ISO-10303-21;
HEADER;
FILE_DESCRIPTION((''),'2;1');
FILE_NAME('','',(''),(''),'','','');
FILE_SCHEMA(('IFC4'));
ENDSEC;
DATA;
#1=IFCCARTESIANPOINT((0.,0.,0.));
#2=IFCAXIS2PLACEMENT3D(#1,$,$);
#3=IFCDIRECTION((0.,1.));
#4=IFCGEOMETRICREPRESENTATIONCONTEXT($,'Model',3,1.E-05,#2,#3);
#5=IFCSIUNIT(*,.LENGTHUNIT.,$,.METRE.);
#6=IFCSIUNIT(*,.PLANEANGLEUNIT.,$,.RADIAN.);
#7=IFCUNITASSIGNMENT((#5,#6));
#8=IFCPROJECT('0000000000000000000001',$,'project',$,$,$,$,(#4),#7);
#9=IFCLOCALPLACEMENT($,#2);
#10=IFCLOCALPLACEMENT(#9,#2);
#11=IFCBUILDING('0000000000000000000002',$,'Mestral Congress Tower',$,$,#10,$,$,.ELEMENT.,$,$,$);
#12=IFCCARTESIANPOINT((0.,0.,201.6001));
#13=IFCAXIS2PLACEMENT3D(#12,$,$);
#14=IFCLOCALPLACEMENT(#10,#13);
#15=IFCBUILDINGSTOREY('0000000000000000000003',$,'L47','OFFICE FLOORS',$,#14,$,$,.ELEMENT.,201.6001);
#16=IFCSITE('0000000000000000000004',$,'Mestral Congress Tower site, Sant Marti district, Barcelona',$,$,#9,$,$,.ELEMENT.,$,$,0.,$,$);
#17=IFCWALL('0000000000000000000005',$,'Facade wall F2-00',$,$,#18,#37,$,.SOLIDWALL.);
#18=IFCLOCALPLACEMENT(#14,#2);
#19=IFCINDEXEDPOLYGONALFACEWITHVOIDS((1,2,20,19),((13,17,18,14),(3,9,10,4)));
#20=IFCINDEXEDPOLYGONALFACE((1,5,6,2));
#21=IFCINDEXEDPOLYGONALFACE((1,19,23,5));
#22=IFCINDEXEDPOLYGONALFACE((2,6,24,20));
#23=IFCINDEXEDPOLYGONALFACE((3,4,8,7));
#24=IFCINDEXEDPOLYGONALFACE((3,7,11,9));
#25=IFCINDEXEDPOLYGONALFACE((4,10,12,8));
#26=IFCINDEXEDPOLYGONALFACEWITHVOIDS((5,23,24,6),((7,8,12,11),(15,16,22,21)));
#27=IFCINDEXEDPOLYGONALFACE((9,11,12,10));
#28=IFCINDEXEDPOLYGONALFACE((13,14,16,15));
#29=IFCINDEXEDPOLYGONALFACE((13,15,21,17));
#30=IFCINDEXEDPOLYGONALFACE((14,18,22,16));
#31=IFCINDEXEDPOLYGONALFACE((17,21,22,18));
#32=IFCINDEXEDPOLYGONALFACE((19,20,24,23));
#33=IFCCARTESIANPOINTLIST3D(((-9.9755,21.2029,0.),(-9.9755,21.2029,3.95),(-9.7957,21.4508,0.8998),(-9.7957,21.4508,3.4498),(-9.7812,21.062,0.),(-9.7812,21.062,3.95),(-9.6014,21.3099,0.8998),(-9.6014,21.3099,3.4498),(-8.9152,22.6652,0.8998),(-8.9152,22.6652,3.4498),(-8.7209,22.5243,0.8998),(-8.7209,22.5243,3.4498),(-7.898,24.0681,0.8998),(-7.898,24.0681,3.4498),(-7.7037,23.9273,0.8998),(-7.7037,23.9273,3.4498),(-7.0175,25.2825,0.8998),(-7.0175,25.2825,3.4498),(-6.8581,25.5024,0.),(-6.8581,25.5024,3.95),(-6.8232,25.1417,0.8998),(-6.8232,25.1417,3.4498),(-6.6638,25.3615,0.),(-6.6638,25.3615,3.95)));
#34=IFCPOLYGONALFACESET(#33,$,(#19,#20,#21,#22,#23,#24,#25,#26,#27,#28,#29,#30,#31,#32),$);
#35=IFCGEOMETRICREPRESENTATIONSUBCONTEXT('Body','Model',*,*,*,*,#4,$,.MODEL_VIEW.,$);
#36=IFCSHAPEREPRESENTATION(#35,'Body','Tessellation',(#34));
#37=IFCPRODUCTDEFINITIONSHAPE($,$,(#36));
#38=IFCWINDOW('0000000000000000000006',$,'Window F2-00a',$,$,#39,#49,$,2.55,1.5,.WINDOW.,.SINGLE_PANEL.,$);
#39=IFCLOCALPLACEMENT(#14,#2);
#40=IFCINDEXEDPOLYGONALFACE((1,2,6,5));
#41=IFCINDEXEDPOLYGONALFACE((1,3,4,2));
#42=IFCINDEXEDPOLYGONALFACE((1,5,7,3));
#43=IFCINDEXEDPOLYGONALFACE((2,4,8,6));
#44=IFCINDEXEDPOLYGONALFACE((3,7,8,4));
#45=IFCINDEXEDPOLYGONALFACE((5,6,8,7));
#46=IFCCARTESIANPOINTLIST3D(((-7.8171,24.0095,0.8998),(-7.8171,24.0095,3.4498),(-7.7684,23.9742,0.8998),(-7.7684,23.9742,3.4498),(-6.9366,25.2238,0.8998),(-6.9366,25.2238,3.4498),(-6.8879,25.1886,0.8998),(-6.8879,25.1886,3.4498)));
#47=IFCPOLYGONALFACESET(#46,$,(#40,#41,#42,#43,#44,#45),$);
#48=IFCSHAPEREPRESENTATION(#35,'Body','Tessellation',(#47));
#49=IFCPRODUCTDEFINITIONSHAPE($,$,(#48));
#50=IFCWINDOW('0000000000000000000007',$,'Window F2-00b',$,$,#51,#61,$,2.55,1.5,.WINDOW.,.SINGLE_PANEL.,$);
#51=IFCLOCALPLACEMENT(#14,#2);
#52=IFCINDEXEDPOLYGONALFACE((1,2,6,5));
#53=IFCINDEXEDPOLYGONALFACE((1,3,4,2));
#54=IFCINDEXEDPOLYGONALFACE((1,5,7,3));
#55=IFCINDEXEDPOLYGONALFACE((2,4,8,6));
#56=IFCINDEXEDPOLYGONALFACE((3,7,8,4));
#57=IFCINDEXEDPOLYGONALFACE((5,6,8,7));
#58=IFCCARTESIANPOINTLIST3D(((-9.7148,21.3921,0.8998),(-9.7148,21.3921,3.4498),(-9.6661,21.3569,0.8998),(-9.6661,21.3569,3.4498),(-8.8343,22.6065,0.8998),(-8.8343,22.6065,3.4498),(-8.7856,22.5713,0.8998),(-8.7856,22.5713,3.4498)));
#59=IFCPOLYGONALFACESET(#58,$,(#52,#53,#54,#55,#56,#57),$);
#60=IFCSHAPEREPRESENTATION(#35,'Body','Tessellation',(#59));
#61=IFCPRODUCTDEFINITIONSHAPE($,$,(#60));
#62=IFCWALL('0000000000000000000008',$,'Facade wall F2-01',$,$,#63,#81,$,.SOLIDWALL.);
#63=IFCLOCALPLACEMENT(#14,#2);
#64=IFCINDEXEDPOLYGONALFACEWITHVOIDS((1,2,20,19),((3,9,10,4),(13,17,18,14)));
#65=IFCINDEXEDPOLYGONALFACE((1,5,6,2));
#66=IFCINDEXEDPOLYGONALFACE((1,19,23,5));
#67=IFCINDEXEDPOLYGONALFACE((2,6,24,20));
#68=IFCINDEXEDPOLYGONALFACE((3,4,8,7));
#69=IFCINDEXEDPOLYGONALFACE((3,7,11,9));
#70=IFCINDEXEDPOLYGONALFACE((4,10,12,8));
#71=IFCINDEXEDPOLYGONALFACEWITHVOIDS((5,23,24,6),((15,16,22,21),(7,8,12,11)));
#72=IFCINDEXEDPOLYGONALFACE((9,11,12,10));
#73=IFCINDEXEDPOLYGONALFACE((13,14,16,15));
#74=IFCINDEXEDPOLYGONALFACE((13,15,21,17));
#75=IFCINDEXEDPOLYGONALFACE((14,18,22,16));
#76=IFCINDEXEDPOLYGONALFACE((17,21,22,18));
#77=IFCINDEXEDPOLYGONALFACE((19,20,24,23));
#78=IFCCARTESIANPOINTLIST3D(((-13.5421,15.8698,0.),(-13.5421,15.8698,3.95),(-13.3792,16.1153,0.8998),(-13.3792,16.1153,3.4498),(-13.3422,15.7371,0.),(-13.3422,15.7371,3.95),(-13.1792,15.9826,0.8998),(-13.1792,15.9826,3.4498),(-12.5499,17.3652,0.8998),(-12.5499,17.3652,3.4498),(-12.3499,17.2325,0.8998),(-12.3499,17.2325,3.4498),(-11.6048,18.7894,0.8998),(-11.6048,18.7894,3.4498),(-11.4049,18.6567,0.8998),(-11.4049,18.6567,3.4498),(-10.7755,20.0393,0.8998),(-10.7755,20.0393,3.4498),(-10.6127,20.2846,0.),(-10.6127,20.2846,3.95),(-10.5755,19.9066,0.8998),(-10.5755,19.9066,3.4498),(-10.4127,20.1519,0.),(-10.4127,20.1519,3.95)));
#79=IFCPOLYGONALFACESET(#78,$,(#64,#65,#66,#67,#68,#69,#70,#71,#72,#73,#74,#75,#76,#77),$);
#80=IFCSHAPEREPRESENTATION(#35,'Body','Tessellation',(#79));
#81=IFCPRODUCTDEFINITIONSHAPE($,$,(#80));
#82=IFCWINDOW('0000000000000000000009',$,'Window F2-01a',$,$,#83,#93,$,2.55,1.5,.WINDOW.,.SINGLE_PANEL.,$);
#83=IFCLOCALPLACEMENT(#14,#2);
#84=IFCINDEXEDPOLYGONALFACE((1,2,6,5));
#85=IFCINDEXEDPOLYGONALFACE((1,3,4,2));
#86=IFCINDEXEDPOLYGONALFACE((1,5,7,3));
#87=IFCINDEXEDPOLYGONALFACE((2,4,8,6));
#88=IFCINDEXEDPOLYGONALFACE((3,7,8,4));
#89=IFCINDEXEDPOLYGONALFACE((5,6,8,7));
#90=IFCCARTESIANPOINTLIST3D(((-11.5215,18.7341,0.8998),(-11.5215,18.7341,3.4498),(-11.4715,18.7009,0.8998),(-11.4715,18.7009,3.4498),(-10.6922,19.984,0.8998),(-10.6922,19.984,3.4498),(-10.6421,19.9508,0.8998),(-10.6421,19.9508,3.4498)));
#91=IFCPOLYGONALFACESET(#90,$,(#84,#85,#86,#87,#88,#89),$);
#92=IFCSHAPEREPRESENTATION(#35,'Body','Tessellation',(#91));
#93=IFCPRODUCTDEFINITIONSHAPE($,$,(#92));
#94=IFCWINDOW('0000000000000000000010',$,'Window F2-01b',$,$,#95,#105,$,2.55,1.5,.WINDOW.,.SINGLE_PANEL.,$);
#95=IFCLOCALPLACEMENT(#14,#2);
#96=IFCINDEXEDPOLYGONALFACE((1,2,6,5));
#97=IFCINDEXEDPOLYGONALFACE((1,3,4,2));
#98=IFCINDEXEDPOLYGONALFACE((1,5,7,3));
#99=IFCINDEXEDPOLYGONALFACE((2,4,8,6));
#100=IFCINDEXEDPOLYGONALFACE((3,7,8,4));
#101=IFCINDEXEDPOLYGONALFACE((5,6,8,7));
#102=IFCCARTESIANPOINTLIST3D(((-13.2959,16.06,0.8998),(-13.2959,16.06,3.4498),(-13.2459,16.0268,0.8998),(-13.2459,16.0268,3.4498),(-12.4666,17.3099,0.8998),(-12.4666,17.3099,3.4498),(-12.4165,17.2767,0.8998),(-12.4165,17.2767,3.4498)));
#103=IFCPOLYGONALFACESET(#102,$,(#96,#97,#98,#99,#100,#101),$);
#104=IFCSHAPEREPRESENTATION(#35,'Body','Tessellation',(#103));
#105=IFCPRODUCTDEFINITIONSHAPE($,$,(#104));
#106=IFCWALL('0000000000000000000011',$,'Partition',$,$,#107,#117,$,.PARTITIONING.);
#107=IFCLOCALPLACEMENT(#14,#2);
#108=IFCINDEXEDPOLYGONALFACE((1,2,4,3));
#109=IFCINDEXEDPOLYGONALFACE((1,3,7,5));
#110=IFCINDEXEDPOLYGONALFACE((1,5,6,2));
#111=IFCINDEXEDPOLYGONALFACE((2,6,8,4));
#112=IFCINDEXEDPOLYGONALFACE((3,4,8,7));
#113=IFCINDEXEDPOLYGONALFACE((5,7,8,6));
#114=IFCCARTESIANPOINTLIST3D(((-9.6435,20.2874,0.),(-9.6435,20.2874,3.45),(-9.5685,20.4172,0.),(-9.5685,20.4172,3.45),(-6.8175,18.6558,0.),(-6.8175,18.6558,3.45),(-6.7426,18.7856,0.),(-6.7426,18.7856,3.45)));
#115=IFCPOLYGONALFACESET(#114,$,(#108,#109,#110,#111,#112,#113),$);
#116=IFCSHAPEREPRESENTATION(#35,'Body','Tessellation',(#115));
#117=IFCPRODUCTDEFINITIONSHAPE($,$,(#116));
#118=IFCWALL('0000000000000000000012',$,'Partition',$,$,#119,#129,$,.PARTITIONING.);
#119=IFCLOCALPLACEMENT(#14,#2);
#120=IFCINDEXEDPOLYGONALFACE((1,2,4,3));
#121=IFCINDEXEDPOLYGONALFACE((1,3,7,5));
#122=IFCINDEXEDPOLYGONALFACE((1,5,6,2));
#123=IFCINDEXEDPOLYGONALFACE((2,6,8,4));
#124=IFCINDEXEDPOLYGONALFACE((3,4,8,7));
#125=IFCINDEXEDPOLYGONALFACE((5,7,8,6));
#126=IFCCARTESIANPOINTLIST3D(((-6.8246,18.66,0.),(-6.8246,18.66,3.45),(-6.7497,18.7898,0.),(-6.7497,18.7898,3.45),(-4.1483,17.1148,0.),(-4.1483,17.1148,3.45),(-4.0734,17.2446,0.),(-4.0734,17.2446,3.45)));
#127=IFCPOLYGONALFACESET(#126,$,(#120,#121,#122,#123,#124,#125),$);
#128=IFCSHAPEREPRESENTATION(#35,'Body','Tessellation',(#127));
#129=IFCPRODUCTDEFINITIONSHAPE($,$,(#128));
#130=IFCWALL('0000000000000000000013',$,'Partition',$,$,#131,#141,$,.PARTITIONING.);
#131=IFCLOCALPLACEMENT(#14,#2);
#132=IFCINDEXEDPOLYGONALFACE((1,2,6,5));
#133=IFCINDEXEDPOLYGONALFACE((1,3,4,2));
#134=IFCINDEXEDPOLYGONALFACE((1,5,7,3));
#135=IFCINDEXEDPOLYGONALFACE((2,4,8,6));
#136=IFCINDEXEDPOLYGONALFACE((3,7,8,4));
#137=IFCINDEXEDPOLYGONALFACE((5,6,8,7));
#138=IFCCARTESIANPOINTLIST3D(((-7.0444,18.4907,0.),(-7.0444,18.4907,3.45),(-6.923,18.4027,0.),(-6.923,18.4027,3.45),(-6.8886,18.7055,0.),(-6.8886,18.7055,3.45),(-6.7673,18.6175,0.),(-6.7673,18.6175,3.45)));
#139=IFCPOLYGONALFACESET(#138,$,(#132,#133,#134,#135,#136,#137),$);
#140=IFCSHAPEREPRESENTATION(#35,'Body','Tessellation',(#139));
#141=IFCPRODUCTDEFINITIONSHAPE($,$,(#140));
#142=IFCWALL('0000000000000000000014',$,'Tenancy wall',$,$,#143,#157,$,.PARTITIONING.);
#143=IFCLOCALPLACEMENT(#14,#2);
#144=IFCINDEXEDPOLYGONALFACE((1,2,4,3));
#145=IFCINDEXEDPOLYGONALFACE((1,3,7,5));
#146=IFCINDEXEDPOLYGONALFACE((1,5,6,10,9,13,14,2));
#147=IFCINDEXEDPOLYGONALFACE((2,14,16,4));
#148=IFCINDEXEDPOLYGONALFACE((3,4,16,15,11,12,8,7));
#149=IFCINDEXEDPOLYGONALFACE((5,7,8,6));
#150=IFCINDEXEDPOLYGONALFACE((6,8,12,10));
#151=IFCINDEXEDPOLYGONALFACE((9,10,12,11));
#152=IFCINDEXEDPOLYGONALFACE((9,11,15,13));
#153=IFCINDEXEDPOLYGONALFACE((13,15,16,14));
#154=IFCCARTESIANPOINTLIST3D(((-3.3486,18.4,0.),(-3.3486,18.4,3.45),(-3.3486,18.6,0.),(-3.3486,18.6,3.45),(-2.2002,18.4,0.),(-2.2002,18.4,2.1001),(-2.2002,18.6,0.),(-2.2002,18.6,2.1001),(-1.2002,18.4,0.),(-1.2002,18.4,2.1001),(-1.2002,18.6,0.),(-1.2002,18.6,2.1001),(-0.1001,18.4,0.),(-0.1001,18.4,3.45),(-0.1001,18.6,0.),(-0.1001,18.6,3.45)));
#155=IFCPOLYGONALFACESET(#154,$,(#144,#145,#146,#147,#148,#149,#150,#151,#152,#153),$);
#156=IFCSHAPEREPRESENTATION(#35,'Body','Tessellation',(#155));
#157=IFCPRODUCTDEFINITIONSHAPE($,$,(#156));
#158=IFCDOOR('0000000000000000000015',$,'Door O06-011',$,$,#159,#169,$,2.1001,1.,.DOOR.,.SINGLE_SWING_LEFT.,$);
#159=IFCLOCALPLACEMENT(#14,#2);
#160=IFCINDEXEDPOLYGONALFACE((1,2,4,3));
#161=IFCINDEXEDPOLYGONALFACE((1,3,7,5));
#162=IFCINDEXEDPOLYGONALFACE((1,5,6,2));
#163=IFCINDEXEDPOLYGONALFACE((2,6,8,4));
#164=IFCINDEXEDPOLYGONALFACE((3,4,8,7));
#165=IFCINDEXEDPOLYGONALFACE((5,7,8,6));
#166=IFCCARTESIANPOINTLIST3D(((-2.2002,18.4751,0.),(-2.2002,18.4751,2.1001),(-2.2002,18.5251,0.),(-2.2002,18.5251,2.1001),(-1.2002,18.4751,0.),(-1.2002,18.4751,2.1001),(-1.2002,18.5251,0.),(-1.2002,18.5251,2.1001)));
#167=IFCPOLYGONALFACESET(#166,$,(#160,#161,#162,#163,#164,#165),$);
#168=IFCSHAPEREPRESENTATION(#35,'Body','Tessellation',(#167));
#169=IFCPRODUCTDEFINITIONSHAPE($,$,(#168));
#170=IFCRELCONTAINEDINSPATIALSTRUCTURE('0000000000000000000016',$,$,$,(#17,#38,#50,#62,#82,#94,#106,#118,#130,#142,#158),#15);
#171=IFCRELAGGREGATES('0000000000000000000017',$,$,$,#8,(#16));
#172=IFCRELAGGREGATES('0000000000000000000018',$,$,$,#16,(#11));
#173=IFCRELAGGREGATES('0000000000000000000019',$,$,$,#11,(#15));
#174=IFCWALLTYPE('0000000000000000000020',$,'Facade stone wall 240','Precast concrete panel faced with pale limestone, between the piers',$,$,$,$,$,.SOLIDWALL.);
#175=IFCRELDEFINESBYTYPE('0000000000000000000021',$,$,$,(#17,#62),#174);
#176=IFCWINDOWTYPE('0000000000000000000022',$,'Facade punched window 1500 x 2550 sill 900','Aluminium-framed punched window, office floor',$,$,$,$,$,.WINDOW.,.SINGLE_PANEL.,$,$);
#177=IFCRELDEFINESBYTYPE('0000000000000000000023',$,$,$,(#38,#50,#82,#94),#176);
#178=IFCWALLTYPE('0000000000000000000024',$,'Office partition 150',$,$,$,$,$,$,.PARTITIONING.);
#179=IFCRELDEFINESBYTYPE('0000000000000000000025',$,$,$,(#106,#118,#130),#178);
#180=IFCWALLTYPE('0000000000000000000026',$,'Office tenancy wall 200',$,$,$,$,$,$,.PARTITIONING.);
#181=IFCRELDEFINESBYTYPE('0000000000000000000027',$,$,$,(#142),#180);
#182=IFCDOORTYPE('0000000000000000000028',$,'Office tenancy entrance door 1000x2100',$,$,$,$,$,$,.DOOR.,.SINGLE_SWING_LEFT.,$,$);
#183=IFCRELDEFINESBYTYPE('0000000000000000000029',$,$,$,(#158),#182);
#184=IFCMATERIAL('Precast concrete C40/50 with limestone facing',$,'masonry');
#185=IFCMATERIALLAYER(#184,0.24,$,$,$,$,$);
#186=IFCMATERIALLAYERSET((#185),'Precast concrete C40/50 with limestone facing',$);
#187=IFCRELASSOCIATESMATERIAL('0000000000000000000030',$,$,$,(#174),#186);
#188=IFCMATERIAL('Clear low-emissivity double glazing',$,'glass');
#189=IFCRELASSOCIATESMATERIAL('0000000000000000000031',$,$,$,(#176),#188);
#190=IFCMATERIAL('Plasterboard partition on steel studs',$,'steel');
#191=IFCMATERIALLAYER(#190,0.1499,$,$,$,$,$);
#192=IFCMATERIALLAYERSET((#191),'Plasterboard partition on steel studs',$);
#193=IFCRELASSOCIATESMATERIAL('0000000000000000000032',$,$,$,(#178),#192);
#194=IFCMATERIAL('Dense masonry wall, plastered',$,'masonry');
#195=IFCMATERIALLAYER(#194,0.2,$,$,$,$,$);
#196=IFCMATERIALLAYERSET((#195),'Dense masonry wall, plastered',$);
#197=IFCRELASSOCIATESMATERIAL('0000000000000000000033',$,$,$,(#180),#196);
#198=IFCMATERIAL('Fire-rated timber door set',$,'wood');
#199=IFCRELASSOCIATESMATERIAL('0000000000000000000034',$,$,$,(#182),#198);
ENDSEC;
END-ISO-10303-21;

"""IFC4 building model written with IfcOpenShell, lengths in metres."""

from ifc_helpers import new_model, si_unit, direction, frame, frame_2d, origin, place, context, subcontext, project, spatial, rectangle, extrude, material, layer, layer_set, type_object, element, fill, save


model = new_model("IFC4")

# Units and contexts
model_context = context("Model", 3, precision=1e-05, world=origin(), true_north=direction((0.0, 1.0)))
body_context = subcontext(model_context, "Body", "Model", "MODEL_VIEW")
ifc_project = project(units=[si_unit("LENGTHUNIT", "METRE"), si_unit("PLANEANGLEUNIT", "RADIAN")], contexts=[model_context])

# Site, building, storey
site_placement = place(None, origin())
site = spatial("IfcSite", under=ifc_project, at=site_placement, Name="Mestral Congress Tower site, Sant Marti district, Barcelona", CompositionType="ELEMENT", RefElevation=0.0)
building_placement = place(site_placement, origin())
building = spatial("IfcBuilding", under=site, at=building_placement, Name="Mestral Congress Tower", CompositionType="ELEMENT")
storey_placement = place(building_placement, frame((0.0, 0.0, 201.6001)))
storey = spatial("IfcBuildingStorey", under=building, at=storey_placement, Name="L47", Description="OFFICE FLOORS", CompositionType="ELEMENT", Elevation=201.6001)

# Shared definitions
ifc_material_1 = material(Name="Precast concrete C40/50 with limestone facing", Category="masonry")
ifc_layer_1 = layer(ifc_material_1, 0.24)
ifc_layer_set_1 = layer_set([ifc_layer_1], Name="Precast concrete C40/50 with limestone facing")
wall_type_1 = type_object("IfcWallType", Name="Facade stone wall 240", Description="Precast concrete panel faced with pale limestone, between the piers", PredefinedType="SOLIDWALL", material=ifc_layer_set_1)
ifc_material_2 = material(Name="Clear low-emissivity double glazing", Category="glass")

# Walls, openings, windows
wall_1_placement = place(storey_placement, frame((-6.761, 25.4319, 0.0), z_axis=(0.0, 0.0, 1.0), x_axis=(-0.586998, -0.809588, 0.0)))
wall_1 = element("IfcWall", 1, at=wall_1_placement, inside=storey, type_object=wall_type_1, Name="Facade wall F2-00", PredefinedType="SOLIDWALL", context=body_context, shape_type="SweptSolid", body=[
    extrude(rectangle(XDim=5.3108, YDim=0.24, at=frame_2d((2.6553, 0.0))), origin(), (0.0, 0.0, 1.0), 3.95),
])
opening_1_placement = place(wall_1_placement, frame((0.2715, 0.0, 0.8999)))
opening_1 = element("IfcOpeningElement", 2, at=opening_1_placement, cuts=wall_1, PredefinedType="OPENING", context=body_context, shape_type="SweptSolid", body=[
    extrude(rectangle(XDim=1.5, YDim=2.55, at=frame_2d((0.75, 1.2749))), frame((0.0, 0.1299, 0.0), z_axis=(0.0, -1.0, 0.0), x_axis=(1.0, 0.0, 0.0)), (0.0, 0.0, 1.0), 0.26),
])
opening_2_placement = place(wall_1_placement, frame((3.5044, 0.0, 0.8999)))
opening_2 = element("IfcOpeningElement", 3, at=opening_2_placement, cuts=wall_1, PredefinedType="OPENING", context=body_context, shape_type="SweptSolid", body=[
    extrude(rectangle(XDim=1.5, YDim=2.55, at=frame_2d((0.75, 1.2749))), frame((0.0, 0.1299, 0.0), z_axis=(0.0, -1.0, 0.0), x_axis=(1.0, 0.0, 0.0)), (0.0, 0.0, 1.0), 0.26),
])
window_type_1 = type_object("IfcWindowType", Name="Facade punched window 1500 x 2550 sill 900", Description="Aluminium-framed punched window, office floor", PartitioningType="SINGLE_PANEL", PredefinedType="WINDOW", material=ifc_material_2)
window_1_placement = place(opening_1_placement, origin())
window_1 = element("IfcWindow", 4, at=window_1_placement, inside=storey, type_object=window_type_1, Name="Window F2-00a", OverallHeight=2.55, OverallWidth=1.5, PartitioningType="SINGLE_PANEL", PredefinedType="WINDOW", context=body_context, shape_type="SweptSolid", body=[
    extrude(rectangle(XDim=1.5, YDim=2.55, at=frame_2d((0.75, 1.2749))), frame((0.0, 0.04, 0.0), z_axis=(0.0, -1.0, 0.0), x_axis=(1.0, 0.0, 0.0)), (0.0, 0.0, 1.0), 0.0601),
])
fill(opening_1, window_1)
window_2_placement = place(opening_2_placement, origin())
window_2 = element("IfcWindow", 5, at=window_2_placement, inside=storey, type_object=window_type_1, Name="Window F2-00b", OverallHeight=2.55, OverallWidth=1.5, PartitioningType="SINGLE_PANEL", PredefinedType="WINDOW", context=body_context, shape_type="SweptSolid", body=[
    extrude(rectangle(XDim=1.5, YDim=2.55, at=frame_2d((0.75, 1.2749))), frame((0.0, 0.04, 0.0), z_axis=(0.0, -1.0, 0.0), x_axis=(1.0, 0.0, 0.0)), (0.0, 0.0, 1.0), 0.0601),
])
fill(opening_2, window_2)
wall_2_placement = place(storey_placement, frame((-10.5127, 20.2183, 0.0), z_axis=(0.0, 0.0, 1.0), x_axis=(-0.552902, -0.833246, 0.0)))
wall_2 = element("IfcWall", 6, at=wall_2_placement, inside=storey, type_object=wall_type_1, Name="Facade wall F2-01", PredefinedType="SOLIDWALL", context=body_context, shape_type="SweptSolid", body=[
    extrude(rectangle(XDim=5.2983, YDim=0.24, at=frame_2d((2.6492, 0.0))), origin(), (0.0, 0.0, 1.0), 3.95),
])
opening_3_placement = place(wall_2_placement, frame((0.2944, 0.0, 0.8999)))
opening_3 = element("IfcOpeningElement", 7, at=opening_3_placement, cuts=wall_2, PredefinedType="OPENING", context=body_context, shape_type="SweptSolid", body=[
    extrude(rectangle(XDim=1.5, YDim=2.55, at=frame_2d((0.75, 1.2749))), frame((0.0, 0.1299, 0.0), z_axis=(0.0, -1.0, 0.0), x_axis=(1.0, 0.0, 0.0)), (0.0, 0.0, 1.0), 0.26),
])
opening_4_placement = place(wall_2_placement, frame((3.5037, 0.0, 0.8999)))
opening_4 = element("IfcOpeningElement", 8, at=opening_4_placement, cuts=wall_2, PredefinedType="OPENING", context=body_context, shape_type="SweptSolid", body=[
    extrude(rectangle(XDim=1.5, YDim=2.55, at=frame_2d((0.75, 1.2749))), frame((0.0, 0.1299, 0.0), z_axis=(0.0, -1.0, 0.0), x_axis=(1.0, 0.0, 0.0)), (0.0, 0.0, 1.0), 0.26),
])
window_3_placement = place(opening_3_placement, origin())
window_3 = element("IfcWindow", 9, at=window_3_placement, inside=storey, type_object=window_type_1, Name="Window F2-01a", OverallHeight=2.55, OverallWidth=1.5, PartitioningType="SINGLE_PANEL", PredefinedType="WINDOW", context=body_context, shape_type="SweptSolid", body=[
    extrude(rectangle(XDim=1.5, YDim=2.55, at=frame_2d((0.75, 1.2749))), frame((0.0, 0.04, 0.0), z_axis=(0.0, -1.0, 0.0), x_axis=(1.0, 0.0, 0.0)), (0.0, 0.0, 1.0), 0.0601),
])
fill(opening_3, window_3)
window_4_placement = place(opening_4_placement, origin())
window_4 = element("IfcWindow", 10, at=window_4_placement, inside=storey, type_object=window_type_1, Name="Window F2-01b", OverallHeight=2.55, OverallWidth=1.5, PartitioningType="SINGLE_PANEL", PredefinedType="WINDOW", context=body_context, shape_type="SweptSolid", body=[
    extrude(rectangle(XDim=1.5, YDim=2.55, at=frame_2d((0.75, 1.2749))), frame((0.0, 0.04, 0.0), z_axis=(0.0, -1.0, 0.0), x_axis=(1.0, 0.0, 0.0)), (0.0, 0.0, 1.0), 0.0601),
])
fill(opening_4, window_4)

# Walls
ifc_material_3 = material(Name="Plasterboard partition on steel studs", Category="steel")
ifc_layer_2 = layer(ifc_material_3, 0.1499)
ifc_layer_set_2 = layer_set([ifc_layer_2], Name="Plasterboard partition on steel studs")
wall_type_2 = type_object("IfcWallType", Name="Office partition 150", PredefinedType="PARTITIONING", material=ifc_layer_set_2)
wall_3_placement = place(storey_placement, frame((-6.78, 18.7207, 0.0), z_axis=(0.0, 0.0, 1.0), x_axis=(-0.86602, 0.50001, 0.0)))
element("IfcWall", 11, at=wall_3_placement, inside=storey, type_object=wall_type_2, Name="Partition", PredefinedType="PARTITIONING", context=body_context, shape_type="SweptSolid", body=[
    extrude(rectangle(XDim=3.2632, YDim=0.1499, at=frame_2d((1.6316, 0.0))), origin(), (0.0, 0.0, 1.0), 3.45),
])
wall_4_placement = place(storey_placement, frame((-4.1108, 17.1797, 0.0), z_axis=(0.0, 0.0, 1.0), x_axis=(-0.866022, 0.500005, 0.0)))
element("IfcWall", 12, at=wall_4_placement, inside=storey, type_object=wall_type_2, Name="Partition", PredefinedType="PARTITIONING", context=body_context, shape_type="SweptSolid", body=[
    extrude(rectangle(XDim=3.0903, YDim=0.1499, at=frame_2d((1.5452, 0.0))), origin(), (0.0, 0.0, 1.0), 3.45),
])
wall_5_placement = place(storey_placement, frame((-6.8279, 18.6616, 0.0), z_axis=(0.0, 0.0, 1.0), x_axis=(-0.586968, -0.80961, 0.0)))
element("IfcWall", 13, at=wall_5_placement, inside=storey, type_object=wall_type_2, Name="Partition", PredefinedType="PARTITIONING", context=body_context, shape_type="SweptSolid", body=[
    extrude(rectangle(XDim=0.2654, YDim=0.1499, at=frame_2d((0.1328, 0.0))), origin(), (0.0, 0.0, 1.0), 3.45),
])

# Wall, opening, door
ifc_material_4 = material(Name="Dense masonry wall, plastered", Category="masonry")
ifc_layer_3 = layer(ifc_material_4, 0.2)
ifc_layer_set_3 = layer_set([ifc_layer_3], Name="Dense masonry wall, plastered")
wall_type_3 = type_object("IfcWallType", Name="Office tenancy wall 200", PredefinedType="PARTITIONING", material=ifc_layer_set_3)
wall_6_placement = place(storey_placement, frame((-0.1001, 18.5, 0.0), z_axis=(0.0, 0.0, 1.0), x_axis=(-1.0, 0.0, 0.0)))
wall_6 = element("IfcWall", 14, at=wall_6_placement, inside=storey, type_object=wall_type_3, Name="Tenancy wall", PredefinedType="PARTITIONING", context=body_context, shape_type="SweptSolid", body=[
    extrude(rectangle(XDim=3.2485, YDim=0.2, at=frame_2d((1.6243, 0.0))), origin(), (0.0, 0.0, 1.0), 3.45),
])
opening_5_placement = place(wall_6_placement, frame((1.1001, 0.0, 0.0)))
opening_5 = element("IfcOpeningElement", 15, at=opening_5_placement, cuts=wall_6, PredefinedType="OPENING", context=body_context, shape_type="SweptSolid", body=[
    extrude(rectangle(XDim=1.0, YDim=2.1001, at=frame_2d((0.5, 1.05))), frame((0.0, 0.1099, 0.0), z_axis=(0.0, -1.0, 0.0), x_axis=(1.0, 0.0, 0.0)), (0.0, 0.0, 1.0), 0.22),
])
ifc_material_5 = material(Name="Fire-rated timber door set", Category="wood")
door_type = type_object("IfcDoorType", Name="Office tenancy entrance door 1000x2100", OperationType="SINGLE_SWING_LEFT", PredefinedType="DOOR", material=ifc_material_5)
door_placement = place(opening_5_placement, origin())
door = element("IfcDoor", 16, at=door_placement, inside=storey, type_object=door_type, Name="Door O06-011", OperationType="SINGLE_SWING_LEFT", OverallHeight=2.1001, OverallWidth=1.0, PredefinedType="DOOR", context=body_context, shape_type="SweptSolid", body=[
    extrude(rectangle(XDim=1.0, YDim=2.1001, at=frame_2d((0.5, 1.05))), frame((0.0, 0.0249, 0.0), z_axis=(0.0, -1.0, 0.0), x_axis=(1.0, 0.0, 0.0)), (0.0, 0.0, 1.0), 0.05),
])
fill(opening_5, door)

save(model, "model.ifc")
